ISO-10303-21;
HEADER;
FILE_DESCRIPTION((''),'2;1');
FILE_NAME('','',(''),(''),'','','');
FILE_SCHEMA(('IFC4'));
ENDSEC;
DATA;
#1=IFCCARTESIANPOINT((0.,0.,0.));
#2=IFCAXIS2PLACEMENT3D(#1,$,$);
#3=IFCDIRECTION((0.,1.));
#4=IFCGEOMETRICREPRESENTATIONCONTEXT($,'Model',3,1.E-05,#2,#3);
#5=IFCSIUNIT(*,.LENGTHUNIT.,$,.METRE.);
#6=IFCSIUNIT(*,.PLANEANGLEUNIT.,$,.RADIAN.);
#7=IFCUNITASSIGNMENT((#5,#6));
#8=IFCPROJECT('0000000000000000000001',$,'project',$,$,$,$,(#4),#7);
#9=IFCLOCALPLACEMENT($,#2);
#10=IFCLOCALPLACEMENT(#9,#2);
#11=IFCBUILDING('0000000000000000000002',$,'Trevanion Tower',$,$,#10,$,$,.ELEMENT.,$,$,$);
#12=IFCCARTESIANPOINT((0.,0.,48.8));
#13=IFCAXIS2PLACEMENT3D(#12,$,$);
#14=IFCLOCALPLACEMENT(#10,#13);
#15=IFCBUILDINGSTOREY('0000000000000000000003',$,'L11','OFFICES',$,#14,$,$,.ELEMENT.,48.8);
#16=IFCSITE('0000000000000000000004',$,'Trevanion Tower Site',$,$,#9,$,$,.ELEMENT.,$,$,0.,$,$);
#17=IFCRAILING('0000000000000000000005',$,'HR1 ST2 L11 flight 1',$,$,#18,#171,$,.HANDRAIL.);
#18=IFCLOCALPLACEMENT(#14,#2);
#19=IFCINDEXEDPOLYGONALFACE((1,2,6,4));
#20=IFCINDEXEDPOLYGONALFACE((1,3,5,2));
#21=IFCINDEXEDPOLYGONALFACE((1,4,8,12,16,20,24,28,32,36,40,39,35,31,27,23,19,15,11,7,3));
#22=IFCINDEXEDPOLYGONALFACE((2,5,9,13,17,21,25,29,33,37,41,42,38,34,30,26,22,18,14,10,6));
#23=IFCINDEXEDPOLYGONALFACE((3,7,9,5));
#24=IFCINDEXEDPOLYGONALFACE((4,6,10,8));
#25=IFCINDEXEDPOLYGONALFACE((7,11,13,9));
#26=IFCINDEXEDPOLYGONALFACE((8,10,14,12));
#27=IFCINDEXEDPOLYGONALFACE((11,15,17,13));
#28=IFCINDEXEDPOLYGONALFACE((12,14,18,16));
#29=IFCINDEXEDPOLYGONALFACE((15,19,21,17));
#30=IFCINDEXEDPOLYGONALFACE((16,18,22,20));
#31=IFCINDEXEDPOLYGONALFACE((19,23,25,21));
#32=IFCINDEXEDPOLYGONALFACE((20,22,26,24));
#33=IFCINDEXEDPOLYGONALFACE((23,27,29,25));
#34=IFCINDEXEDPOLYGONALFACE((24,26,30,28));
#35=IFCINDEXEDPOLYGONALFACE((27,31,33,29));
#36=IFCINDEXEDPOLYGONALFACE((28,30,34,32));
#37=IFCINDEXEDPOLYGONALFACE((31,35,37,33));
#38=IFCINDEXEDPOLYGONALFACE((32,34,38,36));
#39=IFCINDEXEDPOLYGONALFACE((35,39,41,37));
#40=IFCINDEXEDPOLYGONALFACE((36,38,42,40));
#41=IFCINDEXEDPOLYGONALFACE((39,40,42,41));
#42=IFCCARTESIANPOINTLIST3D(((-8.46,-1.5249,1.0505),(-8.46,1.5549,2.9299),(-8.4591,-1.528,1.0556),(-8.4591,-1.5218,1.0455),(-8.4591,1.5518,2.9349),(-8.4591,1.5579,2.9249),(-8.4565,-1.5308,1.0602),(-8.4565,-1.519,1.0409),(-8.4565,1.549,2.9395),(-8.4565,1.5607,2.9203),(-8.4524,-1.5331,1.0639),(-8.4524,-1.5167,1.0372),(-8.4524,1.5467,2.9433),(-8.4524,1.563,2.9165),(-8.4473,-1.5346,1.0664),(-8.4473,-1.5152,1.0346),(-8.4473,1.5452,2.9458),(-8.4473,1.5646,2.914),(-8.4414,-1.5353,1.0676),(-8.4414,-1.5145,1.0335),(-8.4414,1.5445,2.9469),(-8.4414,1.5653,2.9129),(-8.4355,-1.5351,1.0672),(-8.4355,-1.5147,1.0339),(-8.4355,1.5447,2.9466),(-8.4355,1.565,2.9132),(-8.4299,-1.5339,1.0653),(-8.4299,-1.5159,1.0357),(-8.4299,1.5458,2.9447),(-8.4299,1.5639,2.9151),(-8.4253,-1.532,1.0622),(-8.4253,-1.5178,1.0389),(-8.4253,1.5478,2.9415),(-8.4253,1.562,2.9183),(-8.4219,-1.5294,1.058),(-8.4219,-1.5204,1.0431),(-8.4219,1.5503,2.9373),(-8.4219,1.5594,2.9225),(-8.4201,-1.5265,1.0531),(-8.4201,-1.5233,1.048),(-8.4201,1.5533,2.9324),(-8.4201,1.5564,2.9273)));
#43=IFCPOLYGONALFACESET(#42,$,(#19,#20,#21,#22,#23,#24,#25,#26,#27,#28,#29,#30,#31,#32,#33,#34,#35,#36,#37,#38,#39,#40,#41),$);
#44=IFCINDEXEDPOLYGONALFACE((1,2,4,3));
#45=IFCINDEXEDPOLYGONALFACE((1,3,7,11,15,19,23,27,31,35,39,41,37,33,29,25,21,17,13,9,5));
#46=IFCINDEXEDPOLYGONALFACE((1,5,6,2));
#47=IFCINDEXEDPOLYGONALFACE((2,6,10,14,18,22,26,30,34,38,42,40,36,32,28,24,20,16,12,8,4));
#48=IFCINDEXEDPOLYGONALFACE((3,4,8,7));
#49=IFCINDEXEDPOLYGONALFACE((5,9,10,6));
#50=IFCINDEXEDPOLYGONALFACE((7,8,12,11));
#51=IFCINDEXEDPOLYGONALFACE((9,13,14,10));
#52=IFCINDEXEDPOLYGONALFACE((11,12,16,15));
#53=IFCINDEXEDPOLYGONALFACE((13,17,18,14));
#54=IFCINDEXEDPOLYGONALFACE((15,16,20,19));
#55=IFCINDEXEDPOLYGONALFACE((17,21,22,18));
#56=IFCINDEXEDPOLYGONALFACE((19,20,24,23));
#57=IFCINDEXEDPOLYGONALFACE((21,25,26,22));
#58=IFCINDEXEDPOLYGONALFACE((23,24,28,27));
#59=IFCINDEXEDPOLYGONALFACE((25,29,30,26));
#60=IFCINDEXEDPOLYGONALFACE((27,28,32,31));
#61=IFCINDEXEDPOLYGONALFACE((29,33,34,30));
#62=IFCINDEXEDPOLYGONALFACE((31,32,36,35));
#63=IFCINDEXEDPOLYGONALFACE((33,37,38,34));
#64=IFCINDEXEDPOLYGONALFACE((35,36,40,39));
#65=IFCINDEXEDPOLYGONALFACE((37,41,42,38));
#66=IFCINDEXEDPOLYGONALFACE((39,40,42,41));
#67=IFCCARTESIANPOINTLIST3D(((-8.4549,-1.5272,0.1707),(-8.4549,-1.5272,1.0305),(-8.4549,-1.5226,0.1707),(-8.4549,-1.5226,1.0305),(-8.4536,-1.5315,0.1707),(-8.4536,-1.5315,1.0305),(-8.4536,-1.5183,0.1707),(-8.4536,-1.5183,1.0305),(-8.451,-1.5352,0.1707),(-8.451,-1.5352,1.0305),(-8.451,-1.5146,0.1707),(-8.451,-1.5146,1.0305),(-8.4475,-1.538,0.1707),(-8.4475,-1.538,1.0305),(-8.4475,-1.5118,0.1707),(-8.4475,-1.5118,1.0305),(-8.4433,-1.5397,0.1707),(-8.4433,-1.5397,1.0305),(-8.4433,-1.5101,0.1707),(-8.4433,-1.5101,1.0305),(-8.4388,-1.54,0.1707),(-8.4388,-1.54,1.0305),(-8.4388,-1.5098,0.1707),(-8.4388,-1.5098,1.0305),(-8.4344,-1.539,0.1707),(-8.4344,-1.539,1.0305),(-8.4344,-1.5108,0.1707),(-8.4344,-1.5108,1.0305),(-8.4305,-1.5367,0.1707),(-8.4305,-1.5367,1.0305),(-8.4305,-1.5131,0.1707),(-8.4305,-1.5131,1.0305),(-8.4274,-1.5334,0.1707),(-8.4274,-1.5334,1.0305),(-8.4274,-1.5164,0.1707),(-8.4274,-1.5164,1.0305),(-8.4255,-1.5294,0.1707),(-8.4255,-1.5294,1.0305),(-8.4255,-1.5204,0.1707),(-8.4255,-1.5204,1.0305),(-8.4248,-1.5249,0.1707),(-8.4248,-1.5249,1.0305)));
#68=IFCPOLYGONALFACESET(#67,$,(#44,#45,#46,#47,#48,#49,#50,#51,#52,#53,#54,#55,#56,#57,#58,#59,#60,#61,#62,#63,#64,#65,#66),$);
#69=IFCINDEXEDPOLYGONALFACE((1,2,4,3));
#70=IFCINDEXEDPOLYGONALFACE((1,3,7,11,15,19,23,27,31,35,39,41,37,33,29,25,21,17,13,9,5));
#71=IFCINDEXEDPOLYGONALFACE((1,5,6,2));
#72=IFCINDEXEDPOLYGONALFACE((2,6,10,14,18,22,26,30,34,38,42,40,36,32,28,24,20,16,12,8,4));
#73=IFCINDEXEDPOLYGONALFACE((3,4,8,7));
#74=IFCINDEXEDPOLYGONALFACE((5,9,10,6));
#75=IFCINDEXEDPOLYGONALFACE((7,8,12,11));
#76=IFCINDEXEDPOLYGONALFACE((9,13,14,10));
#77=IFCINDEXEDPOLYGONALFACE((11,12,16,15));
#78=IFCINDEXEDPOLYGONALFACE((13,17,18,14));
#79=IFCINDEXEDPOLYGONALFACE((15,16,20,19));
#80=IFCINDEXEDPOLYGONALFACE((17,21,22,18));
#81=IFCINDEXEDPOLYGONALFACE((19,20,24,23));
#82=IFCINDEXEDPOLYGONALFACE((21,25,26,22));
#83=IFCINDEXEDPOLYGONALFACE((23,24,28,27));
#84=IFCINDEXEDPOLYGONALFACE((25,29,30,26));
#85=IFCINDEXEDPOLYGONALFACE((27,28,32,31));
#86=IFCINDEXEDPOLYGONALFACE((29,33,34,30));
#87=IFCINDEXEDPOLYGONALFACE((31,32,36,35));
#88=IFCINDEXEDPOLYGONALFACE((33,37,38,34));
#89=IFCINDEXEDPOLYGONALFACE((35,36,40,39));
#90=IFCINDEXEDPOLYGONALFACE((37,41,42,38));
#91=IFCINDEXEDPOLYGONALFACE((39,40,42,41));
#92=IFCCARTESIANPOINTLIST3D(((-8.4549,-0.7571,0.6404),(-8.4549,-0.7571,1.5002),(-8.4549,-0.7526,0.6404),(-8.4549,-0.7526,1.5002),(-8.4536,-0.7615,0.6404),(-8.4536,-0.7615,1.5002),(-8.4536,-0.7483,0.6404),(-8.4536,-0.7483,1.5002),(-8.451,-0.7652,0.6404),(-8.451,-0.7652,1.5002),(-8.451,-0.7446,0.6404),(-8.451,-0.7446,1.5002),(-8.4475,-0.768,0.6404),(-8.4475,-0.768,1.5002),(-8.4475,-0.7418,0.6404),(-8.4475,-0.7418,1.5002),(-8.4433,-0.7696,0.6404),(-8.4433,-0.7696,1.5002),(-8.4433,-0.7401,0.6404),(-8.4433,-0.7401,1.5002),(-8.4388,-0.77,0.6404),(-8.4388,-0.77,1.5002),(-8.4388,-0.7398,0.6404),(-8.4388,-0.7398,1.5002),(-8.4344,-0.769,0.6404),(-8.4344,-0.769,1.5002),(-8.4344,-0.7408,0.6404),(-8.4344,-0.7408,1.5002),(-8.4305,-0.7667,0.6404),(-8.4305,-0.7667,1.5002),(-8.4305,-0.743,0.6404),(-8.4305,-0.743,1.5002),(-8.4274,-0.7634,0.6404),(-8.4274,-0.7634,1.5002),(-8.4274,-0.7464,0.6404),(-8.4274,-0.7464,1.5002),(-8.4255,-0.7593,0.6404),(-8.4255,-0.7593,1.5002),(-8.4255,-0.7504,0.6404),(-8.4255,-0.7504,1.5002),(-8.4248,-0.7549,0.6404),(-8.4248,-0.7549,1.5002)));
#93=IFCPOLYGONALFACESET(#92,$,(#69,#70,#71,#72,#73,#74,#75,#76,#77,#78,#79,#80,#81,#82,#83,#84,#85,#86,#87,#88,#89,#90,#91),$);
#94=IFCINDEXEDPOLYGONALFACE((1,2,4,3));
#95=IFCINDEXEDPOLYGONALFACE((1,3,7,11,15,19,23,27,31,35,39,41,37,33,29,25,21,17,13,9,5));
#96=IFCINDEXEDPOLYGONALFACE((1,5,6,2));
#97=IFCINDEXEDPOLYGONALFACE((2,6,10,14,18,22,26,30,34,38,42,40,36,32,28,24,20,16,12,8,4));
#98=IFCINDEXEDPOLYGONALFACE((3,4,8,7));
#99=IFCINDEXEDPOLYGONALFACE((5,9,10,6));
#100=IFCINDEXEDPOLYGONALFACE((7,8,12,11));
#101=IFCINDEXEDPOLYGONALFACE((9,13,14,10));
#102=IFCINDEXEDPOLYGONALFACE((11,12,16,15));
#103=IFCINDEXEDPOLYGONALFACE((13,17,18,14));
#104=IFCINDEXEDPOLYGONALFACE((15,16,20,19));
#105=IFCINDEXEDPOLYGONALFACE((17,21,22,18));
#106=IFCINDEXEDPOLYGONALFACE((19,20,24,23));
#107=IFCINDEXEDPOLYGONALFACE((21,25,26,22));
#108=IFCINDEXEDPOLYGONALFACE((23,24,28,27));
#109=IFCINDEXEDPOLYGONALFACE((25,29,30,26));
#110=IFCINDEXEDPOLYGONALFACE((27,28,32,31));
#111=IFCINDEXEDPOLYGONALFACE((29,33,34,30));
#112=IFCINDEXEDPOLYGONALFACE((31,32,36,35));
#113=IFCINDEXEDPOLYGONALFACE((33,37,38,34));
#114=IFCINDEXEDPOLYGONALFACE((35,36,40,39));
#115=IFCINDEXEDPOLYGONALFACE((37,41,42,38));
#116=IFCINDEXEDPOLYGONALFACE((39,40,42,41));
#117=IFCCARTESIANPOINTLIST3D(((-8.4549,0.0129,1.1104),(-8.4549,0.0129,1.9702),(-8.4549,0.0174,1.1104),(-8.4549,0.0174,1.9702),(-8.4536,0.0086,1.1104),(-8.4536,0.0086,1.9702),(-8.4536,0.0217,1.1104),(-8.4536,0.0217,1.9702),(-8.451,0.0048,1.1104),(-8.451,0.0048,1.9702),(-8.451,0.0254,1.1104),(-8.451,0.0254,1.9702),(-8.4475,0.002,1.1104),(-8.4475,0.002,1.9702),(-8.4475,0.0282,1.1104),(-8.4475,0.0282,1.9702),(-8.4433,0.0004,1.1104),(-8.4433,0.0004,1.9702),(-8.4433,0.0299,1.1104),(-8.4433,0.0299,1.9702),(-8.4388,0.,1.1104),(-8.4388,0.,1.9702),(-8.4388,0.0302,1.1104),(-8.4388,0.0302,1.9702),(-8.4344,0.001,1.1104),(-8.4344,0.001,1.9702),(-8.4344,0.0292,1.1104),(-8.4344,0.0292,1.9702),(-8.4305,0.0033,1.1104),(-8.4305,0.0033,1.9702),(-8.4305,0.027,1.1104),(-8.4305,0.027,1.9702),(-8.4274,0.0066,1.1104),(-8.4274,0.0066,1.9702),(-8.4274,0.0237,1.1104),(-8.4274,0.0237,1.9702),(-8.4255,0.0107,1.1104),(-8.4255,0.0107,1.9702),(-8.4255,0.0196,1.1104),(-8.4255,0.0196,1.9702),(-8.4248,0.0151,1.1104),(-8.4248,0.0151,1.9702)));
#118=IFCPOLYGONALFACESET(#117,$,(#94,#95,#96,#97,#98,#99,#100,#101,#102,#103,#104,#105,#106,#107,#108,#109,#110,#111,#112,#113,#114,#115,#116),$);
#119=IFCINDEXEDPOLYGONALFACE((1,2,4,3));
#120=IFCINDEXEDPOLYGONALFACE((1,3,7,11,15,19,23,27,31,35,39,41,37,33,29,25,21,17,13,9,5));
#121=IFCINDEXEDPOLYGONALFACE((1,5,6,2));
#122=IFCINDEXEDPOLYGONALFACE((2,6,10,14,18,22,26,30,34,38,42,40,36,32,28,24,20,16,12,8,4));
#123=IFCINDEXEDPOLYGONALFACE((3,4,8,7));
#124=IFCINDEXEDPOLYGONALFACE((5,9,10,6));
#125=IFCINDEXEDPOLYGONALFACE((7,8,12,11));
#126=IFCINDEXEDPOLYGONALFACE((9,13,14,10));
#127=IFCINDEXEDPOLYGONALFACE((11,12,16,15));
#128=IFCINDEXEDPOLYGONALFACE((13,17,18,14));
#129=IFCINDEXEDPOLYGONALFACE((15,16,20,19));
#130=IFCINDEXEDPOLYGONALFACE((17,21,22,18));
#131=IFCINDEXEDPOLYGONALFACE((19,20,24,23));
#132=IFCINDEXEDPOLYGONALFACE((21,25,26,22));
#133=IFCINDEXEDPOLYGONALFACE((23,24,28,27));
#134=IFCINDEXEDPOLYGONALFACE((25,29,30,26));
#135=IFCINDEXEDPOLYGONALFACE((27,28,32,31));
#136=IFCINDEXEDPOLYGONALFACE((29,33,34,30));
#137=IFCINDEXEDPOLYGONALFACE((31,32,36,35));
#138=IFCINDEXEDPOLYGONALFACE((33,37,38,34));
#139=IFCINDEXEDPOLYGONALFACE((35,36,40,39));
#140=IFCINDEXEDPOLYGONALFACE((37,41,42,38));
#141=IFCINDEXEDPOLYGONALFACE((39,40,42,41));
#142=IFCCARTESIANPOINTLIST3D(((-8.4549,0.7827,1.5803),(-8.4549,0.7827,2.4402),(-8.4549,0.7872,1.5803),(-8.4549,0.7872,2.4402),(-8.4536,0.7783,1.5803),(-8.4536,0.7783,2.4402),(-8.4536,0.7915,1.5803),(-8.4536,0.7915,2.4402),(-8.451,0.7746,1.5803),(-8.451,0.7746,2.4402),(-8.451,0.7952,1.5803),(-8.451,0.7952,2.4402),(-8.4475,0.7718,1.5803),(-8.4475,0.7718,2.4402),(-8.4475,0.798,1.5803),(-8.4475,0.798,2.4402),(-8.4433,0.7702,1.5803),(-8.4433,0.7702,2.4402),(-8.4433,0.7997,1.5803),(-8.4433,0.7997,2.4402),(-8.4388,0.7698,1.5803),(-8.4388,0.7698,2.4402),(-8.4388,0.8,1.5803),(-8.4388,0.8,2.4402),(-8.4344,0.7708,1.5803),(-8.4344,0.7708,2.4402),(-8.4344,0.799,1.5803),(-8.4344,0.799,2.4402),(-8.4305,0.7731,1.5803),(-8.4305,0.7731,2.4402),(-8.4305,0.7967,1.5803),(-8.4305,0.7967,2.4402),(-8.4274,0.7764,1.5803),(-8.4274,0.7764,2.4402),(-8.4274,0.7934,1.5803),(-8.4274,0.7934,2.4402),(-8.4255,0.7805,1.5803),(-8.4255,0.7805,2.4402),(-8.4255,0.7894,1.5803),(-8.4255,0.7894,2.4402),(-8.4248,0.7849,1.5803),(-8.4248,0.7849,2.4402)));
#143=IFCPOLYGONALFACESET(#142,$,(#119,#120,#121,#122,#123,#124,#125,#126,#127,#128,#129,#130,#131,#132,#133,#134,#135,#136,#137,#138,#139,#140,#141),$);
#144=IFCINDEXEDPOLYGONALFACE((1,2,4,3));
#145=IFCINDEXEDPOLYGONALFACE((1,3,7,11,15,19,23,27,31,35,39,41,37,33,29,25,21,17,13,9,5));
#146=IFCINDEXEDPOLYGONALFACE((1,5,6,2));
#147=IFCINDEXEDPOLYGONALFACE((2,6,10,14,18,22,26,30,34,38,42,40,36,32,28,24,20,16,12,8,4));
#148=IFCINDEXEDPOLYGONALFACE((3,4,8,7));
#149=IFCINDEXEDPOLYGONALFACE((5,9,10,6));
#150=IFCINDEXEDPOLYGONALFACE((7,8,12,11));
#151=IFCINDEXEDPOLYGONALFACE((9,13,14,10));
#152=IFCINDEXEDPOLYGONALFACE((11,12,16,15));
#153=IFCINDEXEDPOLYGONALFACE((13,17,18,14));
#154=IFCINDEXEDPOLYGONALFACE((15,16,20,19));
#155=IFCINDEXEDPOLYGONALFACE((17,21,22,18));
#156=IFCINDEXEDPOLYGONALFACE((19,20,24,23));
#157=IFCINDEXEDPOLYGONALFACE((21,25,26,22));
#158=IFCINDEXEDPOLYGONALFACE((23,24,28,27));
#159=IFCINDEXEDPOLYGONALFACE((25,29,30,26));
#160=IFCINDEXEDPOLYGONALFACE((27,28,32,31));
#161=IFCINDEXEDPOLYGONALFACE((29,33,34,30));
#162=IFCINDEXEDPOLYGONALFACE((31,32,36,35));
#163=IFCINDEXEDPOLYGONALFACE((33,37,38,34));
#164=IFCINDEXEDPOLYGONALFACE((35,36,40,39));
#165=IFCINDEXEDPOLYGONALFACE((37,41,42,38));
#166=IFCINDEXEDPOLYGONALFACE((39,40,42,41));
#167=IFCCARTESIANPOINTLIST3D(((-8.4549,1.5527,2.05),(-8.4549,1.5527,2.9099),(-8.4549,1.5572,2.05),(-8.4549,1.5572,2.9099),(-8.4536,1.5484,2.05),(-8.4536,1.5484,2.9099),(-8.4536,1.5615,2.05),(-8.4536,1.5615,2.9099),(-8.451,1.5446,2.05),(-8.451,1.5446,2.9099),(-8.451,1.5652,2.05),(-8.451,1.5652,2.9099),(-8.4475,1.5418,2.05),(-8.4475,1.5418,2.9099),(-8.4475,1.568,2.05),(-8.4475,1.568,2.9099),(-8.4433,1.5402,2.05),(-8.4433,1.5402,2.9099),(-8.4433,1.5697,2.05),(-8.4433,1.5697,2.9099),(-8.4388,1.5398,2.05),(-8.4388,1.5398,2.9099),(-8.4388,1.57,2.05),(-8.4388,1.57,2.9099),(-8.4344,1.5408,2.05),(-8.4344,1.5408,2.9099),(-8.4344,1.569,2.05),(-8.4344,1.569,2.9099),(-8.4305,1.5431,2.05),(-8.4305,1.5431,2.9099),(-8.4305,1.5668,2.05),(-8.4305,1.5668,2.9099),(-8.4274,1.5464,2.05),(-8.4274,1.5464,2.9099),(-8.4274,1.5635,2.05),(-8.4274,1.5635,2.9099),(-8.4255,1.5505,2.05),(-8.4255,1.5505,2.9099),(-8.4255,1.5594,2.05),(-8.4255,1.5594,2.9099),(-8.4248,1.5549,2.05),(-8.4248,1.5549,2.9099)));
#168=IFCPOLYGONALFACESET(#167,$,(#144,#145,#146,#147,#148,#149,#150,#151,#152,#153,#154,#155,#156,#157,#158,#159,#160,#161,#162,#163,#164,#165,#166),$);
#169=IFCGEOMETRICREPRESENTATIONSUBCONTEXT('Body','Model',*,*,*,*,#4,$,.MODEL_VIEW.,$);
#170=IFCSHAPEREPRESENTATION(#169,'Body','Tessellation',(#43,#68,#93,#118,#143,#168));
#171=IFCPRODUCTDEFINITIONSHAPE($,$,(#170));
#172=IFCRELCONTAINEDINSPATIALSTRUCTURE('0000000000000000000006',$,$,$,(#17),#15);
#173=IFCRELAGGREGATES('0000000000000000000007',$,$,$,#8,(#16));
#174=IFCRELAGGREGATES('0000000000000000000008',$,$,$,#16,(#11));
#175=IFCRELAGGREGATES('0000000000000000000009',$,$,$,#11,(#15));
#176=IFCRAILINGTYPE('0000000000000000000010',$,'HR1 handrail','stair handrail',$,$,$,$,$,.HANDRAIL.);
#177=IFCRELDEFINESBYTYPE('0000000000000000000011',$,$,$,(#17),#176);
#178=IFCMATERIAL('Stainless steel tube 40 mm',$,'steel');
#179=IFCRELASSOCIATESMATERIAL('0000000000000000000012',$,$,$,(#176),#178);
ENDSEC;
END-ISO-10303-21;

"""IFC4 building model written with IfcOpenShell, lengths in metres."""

from ifc_helpers import new_model, si_unit, direction, frame, origin, origin_2d, place, context, subcontext, project, spatial, circle, extrude, material, type_object, element, save


model = new_model("IFC4")

# Units and contexts
model_context = context("Model", 3, precision=1e-05, world=origin(), true_north=direction((0.0, 1.0)))
body_context = subcontext(model_context, "Body", "Model", "MODEL_VIEW")
ifc_project = project(units=[si_unit("LENGTHUNIT", "METRE"), si_unit("PLANEANGLEUNIT", "RADIAN")], contexts=[model_context])

# Site, building, storey
site_placement = place(None, origin())
site = spatial("IfcSite", under=ifc_project, at=site_placement, Name="Trevanion Tower Site", CompositionType="ELEMENT", RefElevation=0.0)
building_placement = place(site_placement, origin())
building = spatial("IfcBuilding", under=site, at=building_placement, Name="Trevanion Tower", CompositionType="ELEMENT")
storey_placement = place(building_placement, frame((0.0, 0.0, 48.8)))
storey = spatial("IfcBuildingStorey", under=building, at=storey_placement, Name="L11", Description="OFFICES", CompositionType="ELEMENT", Elevation=48.8)

# Railing
ifc_material_1 = material(Name="Stainless steel tube 40 mm", Category="steel")
railing_type = type_object("IfcRailingType", Name="HR1 handrail", Description="stair handrail", PredefinedType="HANDRAIL", material=ifc_material_1)
for number, where, name in (
    (1, (-8.4399, -1.5249, 0.1707), "HR1 ST2 L11 flight 1"),
):
    element("IfcRailing", number, at=place(storey_placement, frame(where)), inside=storey, type_object=railing_type, Name=name, PredefinedType="HANDRAIL", context=body_context, shape_type="SweptSolid", body=[
        extrude(circle(Radius=0.02, at=origin_2d()), frame((0.0, 0.0, 0.8799), z_axis=(0.0, 0.853618, 0.5209), x_axis=(-1.0, 0.0, 0.0)), (0.0, 0.0, 1.0), 3.6079),
        extrude(circle(Radius=0.0151, at=origin_2d()), origin(), (0.0, 0.0, 1.0), 0.8599),
        extrude(circle(Radius=0.0151, at=origin_2d()), frame((0.0, 0.77, 0.4697)), (0.0, 0.0, 1.0), 0.8599),
        extrude(circle(Radius=0.0151, at=origin_2d()), frame((0.0, 1.54, 0.9397)), (0.0, 0.0, 1.0), 0.8599),
        extrude(circle(Radius=0.0151, at=origin_2d()), frame((0.0, 2.3098, 1.4097)), (0.0, 0.0, 1.0), 0.8599),
        extrude(circle(Radius=0.0151, at=origin_2d()), frame((0.0, 3.0798, 1.8794)), (0.0, 0.0, 1.0), 0.8599),
    ])

save(model, "model.ifc")
